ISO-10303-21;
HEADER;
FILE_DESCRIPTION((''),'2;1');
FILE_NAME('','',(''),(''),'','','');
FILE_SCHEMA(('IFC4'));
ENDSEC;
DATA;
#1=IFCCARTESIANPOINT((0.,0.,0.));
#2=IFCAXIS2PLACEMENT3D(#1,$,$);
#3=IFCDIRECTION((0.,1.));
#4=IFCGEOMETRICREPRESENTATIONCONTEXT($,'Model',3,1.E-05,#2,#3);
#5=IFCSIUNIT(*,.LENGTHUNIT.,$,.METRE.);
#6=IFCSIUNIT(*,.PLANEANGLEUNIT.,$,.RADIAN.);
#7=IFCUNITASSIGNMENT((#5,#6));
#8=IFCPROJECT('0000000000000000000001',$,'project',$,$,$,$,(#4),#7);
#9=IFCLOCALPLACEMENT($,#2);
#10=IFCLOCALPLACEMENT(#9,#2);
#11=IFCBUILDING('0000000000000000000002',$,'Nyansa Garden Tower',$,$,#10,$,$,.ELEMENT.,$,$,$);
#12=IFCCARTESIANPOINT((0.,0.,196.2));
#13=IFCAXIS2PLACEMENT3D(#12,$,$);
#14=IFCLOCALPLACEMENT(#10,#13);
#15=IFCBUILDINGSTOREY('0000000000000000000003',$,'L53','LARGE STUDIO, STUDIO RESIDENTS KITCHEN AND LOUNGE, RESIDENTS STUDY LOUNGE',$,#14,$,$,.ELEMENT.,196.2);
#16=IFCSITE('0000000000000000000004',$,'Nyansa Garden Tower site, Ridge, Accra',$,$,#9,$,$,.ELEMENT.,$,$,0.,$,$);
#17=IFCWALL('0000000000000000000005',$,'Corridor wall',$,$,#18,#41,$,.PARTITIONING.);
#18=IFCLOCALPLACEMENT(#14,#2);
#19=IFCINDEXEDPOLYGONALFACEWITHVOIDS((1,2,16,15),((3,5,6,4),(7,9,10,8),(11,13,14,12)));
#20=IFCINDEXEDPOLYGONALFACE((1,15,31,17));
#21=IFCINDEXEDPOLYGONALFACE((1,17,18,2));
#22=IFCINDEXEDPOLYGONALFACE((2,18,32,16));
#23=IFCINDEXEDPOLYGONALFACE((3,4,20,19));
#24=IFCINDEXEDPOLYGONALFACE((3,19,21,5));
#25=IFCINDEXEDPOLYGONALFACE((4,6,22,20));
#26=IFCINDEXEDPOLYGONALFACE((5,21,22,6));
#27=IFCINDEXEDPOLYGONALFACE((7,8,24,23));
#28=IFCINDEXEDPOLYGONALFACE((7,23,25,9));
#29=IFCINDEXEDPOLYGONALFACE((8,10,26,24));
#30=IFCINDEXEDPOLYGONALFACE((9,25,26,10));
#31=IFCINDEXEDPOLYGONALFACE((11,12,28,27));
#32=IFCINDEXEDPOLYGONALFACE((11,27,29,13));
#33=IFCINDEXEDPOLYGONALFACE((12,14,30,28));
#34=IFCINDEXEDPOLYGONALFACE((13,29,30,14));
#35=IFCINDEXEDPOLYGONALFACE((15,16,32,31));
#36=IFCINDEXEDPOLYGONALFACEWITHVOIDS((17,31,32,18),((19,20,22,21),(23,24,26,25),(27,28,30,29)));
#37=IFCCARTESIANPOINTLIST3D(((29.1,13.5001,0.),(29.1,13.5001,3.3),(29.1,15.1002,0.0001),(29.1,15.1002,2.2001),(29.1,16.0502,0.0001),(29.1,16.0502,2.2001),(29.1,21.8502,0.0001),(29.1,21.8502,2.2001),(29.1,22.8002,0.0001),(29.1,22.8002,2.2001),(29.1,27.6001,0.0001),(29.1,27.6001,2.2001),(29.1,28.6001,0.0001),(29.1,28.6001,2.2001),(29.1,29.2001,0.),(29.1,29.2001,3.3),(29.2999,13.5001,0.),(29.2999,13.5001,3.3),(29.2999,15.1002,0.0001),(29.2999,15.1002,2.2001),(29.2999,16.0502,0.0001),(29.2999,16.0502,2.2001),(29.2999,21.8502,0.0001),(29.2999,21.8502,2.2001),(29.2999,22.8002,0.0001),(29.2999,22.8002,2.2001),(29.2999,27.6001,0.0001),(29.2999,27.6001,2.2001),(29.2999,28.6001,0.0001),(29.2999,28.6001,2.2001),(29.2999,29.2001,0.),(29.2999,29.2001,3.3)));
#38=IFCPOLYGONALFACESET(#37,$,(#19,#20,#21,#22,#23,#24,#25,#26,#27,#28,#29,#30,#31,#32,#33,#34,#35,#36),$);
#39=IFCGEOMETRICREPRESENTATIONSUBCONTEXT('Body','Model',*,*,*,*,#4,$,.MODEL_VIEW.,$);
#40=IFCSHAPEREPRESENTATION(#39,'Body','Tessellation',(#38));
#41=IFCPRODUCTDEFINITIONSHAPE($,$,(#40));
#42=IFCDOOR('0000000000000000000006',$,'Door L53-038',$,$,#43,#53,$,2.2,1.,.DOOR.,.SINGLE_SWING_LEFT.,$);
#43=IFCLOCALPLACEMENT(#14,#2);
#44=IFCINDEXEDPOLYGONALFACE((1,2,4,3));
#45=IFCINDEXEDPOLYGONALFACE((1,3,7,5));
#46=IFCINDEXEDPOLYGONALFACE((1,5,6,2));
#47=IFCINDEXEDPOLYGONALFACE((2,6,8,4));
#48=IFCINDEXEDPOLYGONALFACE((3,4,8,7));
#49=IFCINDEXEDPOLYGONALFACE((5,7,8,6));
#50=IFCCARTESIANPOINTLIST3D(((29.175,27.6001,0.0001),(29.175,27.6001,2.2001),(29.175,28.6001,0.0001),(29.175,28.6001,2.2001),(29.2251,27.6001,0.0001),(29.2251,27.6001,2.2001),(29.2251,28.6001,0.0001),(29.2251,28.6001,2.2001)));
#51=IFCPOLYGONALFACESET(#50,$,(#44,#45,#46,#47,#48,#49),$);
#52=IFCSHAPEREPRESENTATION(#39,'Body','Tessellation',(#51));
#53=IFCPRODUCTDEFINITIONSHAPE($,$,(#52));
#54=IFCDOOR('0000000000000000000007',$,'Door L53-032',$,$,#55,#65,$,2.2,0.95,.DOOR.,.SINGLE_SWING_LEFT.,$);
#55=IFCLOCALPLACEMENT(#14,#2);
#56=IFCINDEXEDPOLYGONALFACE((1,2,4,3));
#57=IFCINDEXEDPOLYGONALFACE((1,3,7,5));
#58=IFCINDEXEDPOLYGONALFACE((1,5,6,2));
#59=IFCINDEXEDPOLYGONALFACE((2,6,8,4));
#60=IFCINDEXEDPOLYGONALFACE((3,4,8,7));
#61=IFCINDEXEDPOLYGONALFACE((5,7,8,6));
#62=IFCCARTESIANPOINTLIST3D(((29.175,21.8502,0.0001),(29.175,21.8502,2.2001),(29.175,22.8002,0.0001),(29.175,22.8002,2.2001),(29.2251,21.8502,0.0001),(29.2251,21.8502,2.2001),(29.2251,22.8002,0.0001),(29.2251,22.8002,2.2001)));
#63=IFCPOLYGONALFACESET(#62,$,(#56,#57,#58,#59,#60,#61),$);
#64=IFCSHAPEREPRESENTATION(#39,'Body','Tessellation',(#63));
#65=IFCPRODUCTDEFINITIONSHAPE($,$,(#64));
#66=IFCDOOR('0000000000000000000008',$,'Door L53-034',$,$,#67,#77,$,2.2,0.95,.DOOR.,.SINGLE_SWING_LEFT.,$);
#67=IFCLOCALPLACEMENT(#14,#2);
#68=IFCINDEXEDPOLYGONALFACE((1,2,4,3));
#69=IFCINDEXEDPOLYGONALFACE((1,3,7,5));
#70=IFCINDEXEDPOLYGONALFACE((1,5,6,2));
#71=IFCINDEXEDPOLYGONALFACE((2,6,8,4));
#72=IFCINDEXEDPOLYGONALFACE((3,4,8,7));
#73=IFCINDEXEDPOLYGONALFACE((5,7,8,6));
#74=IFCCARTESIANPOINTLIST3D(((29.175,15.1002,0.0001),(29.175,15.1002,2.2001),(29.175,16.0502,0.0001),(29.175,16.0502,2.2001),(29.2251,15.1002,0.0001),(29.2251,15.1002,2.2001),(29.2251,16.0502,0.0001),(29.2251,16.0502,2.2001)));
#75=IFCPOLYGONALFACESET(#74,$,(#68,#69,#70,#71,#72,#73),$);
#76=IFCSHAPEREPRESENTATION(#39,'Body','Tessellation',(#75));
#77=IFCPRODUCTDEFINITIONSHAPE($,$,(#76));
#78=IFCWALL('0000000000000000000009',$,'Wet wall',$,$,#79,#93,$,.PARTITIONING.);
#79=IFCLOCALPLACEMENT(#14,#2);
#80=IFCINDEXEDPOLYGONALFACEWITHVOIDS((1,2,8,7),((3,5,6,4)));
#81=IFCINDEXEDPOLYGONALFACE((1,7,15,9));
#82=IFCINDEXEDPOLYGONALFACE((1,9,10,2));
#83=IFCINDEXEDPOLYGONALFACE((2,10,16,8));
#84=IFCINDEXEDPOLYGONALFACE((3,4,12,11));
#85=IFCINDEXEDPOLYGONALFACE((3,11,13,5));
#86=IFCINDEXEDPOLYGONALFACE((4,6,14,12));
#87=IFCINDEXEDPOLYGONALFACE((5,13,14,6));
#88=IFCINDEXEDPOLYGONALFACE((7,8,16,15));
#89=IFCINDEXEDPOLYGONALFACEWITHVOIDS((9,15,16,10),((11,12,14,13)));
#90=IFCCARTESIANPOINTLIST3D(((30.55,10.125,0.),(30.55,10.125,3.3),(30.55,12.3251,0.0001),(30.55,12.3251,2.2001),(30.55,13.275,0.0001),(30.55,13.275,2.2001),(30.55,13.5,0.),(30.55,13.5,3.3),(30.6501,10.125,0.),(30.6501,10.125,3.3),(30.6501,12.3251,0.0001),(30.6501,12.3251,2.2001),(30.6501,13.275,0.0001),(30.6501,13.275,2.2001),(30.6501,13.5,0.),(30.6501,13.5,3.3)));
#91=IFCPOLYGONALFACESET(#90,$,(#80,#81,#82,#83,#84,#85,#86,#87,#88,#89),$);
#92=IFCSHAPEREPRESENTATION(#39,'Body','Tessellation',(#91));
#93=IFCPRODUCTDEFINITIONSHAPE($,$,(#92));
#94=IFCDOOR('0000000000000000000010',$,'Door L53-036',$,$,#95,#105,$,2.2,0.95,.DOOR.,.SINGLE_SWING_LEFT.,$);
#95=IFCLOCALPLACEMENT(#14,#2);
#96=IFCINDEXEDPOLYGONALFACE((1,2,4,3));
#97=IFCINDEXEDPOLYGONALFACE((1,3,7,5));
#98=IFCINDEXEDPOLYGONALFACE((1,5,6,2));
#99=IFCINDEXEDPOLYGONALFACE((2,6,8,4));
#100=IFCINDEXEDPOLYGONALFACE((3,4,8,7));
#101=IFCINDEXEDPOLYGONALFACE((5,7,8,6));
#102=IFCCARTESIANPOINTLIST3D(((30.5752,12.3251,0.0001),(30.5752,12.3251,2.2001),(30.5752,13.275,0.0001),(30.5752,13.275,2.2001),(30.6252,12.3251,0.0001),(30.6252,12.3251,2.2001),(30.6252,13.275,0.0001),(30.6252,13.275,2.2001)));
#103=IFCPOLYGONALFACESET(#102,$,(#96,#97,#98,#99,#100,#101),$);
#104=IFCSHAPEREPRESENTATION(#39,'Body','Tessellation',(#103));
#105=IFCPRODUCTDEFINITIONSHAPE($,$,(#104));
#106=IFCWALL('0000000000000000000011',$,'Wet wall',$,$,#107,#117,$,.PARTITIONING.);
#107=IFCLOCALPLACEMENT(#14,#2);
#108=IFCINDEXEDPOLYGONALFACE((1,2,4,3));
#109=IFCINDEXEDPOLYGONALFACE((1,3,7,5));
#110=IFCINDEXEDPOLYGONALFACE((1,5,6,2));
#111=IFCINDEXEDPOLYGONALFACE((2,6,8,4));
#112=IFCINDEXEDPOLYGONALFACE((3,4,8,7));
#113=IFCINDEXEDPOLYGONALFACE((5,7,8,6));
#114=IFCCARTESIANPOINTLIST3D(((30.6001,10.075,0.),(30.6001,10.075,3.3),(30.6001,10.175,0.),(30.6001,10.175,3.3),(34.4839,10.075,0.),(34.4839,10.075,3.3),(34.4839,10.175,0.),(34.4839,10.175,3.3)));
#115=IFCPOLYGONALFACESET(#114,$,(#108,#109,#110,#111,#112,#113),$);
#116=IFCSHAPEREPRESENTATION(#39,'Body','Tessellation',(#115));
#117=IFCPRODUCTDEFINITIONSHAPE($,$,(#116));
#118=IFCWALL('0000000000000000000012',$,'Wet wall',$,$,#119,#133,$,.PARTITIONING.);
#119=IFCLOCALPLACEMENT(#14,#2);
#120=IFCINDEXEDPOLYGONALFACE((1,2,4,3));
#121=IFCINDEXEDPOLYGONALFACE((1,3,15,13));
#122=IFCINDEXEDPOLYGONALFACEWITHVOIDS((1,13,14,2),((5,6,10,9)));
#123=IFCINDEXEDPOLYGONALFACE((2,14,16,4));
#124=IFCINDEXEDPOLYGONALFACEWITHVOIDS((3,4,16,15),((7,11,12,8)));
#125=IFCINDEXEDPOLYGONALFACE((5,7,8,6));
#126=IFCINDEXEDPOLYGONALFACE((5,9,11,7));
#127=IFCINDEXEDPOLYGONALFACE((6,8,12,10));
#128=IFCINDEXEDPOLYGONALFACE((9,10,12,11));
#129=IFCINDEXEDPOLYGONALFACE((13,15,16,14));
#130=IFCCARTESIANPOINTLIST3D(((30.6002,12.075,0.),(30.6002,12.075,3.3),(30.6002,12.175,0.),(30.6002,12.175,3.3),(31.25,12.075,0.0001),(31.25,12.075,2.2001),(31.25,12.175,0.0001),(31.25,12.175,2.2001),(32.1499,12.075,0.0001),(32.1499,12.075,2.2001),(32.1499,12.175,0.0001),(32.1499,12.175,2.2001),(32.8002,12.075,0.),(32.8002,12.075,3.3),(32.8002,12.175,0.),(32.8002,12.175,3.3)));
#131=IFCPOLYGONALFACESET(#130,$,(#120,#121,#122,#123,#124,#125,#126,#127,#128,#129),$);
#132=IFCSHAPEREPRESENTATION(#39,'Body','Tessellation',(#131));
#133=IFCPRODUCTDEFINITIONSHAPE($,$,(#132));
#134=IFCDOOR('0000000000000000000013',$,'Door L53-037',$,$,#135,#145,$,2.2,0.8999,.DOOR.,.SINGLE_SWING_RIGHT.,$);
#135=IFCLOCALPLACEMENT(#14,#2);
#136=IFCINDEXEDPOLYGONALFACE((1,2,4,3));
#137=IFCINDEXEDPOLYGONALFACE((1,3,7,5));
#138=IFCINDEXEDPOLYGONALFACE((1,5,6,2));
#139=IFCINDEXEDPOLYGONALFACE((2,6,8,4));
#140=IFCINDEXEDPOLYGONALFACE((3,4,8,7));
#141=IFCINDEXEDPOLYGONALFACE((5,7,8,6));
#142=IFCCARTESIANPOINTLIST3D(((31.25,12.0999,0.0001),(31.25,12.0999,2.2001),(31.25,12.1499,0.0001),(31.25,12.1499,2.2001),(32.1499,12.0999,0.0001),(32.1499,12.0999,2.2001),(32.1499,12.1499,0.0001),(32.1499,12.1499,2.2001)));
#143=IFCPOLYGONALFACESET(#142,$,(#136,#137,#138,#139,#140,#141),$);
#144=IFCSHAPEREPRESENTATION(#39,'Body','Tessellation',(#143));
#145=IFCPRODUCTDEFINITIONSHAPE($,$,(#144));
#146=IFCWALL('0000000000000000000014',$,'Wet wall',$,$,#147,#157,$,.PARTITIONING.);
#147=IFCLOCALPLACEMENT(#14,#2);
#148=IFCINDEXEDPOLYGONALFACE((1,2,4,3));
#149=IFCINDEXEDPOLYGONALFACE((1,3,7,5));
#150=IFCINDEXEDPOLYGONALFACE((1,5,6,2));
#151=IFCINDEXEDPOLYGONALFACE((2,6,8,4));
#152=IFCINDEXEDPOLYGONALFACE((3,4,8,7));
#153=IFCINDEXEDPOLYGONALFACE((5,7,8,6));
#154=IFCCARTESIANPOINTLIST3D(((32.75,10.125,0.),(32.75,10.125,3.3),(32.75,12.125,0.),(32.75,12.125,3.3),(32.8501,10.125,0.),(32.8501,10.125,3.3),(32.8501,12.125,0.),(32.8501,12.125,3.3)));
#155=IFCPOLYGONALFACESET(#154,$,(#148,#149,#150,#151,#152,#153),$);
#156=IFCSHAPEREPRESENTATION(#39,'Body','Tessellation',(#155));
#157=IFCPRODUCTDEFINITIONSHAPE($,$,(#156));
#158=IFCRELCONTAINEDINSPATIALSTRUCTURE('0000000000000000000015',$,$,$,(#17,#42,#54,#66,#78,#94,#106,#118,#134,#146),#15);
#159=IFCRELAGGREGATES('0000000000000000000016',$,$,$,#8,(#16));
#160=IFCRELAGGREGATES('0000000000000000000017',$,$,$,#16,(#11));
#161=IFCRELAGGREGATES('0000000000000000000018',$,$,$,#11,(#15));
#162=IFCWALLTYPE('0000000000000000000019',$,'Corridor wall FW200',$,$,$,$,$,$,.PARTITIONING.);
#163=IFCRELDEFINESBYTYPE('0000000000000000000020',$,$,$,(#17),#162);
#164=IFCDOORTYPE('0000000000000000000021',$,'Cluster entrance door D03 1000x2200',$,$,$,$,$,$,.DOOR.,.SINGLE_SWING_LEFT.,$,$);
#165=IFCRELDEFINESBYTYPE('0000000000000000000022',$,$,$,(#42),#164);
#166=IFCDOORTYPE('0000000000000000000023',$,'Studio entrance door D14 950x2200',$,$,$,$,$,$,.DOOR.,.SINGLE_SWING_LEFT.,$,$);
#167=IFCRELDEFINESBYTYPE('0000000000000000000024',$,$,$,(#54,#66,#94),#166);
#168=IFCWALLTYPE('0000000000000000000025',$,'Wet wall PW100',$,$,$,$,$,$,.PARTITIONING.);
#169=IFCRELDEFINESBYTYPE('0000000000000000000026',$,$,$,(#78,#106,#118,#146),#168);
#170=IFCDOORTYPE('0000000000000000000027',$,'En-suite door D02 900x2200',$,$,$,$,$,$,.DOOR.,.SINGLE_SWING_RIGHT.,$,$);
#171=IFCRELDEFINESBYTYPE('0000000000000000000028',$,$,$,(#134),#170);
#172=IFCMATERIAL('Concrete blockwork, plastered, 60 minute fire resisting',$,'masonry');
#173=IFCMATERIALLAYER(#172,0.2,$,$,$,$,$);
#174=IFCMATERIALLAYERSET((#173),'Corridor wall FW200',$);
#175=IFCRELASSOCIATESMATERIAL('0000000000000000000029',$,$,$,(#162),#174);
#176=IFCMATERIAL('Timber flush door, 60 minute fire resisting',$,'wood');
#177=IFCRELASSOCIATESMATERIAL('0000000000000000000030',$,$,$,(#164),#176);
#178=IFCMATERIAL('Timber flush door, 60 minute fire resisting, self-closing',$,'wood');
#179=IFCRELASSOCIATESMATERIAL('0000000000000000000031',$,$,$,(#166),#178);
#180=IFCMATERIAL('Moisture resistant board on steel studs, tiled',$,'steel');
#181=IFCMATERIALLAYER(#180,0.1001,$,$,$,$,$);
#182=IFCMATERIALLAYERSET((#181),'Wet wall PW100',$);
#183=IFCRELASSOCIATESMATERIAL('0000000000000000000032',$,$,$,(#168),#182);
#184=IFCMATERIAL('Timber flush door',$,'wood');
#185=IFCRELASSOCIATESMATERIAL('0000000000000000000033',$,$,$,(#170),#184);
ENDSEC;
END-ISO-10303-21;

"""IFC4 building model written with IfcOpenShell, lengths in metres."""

from ifc_helpers import new_model, si_unit, direction, frame, frame_2d, origin, place, context, subcontext, project, spatial, rectangle, extrude, material, layer, layer_set, type_object, element, fill, save


model = new_model("IFC4")

# Units and contexts
model_context = context("Model", 3, precision=1e-05, world=origin(), true_north=direction((0.0, 1.0)))
body_context = subcontext(model_context, "Body", "Model", "MODEL_VIEW")
ifc_project = project(units=[si_unit("LENGTHUNIT", "METRE"), si_unit("PLANEANGLEUNIT", "RADIAN")], contexts=[model_context])

# Site, building, storey
site_placement = place(None, origin())
site = spatial("IfcSite", under=ifc_project, at=site_placement, Name="Nyansa Garden Tower site, Ridge, Accra", CompositionType="ELEMENT", RefElevation=0.0)
building_placement = place(site_placement, origin())
building = spatial("IfcBuilding", under=site, at=building_placement, Name="Nyansa Garden Tower", CompositionType="ELEMENT")
storey_placement = place(building_placement, frame((0.0, 0.0, 196.2)))
storey = spatial("IfcBuildingStorey", under=building, at=storey_placement, Name="L53", Description="LARGE STUDIO, STUDIO RESIDENTS KITCHEN AND LOUNGE, RESIDENTS STUDY LOUNGE", CompositionType="ELEMENT", Elevation=196.2)

# Wall, openings, doors
ifc_material_1 = material(Name="Concrete blockwork, plastered, 60 minute fire resisting", Category="masonry")
ifc_layer_1 = layer(ifc_material_1, 0.2)
ifc_layer_set_1 = layer_set([ifc_layer_1], Name="Corridor wall FW200")
wall_type_1 = type_object("IfcWallType", Name="Corridor wall FW200", PredefinedType="PARTITIONING", material=ifc_layer_set_1)
wall_1_placement = place(storey_placement, frame((29.2, 13.5, 0.0), z_axis=(0.0, 0.0, 1.0), x_axis=(0.0, 1.0, 0.0)))
wall_1 = element("IfcWall", 1, at=wall_1_placement, inside=storey, type_object=wall_type_1, Name="Corridor wall", PredefinedType="PARTITIONING", context=body_context, shape_type="SweptSolid", body=[
    extrude(rectangle(XDim=15.7, YDim=0.2, at=frame_2d((7.8501, 0.0))), origin(), (0.0, 0.0, 1.0), 3.3),
])
opening_1_placement = place(wall_1_placement, frame((8.3501, 0.0, 0.0)))
opening_1 = element("IfcOpeningElement", 2, at=opening_1_placement, cuts=wall_1, PredefinedType="OPENING", context=body_context, shape_type="SweptSolid", body=[
    extrude(rectangle(XDim=0.95, YDim=2.2, at=frame_2d((0.4751, 1.1001))), frame((0.0, 0.1099, 0.0), z_axis=(0.0, -1.0, 0.0), x_axis=(1.0, 0.0, 0.0)), (0.0, 0.0, 1.0), 0.22),
])
opening_2_placement = place(wall_1_placement, frame((1.6001, 0.0, 0.0)))
opening_2 = element("IfcOpeningElement", 3, at=opening_2_placement, cuts=wall_1, PredefinedType="OPENING", context=body_context, shape_type="SweptSolid", body=[
    extrude(rectangle(XDim=0.95, YDim=2.2, at=frame_2d((0.4751, 1.1001))), frame((0.0, 0.1099, 0.0), z_axis=(0.0, -1.0, 0.0), x_axis=(1.0, 0.0, 0.0)), (0.0, 0.0, 1.0), 0.22),
])
opening_3_placement = place(wall_1_placement, frame((14.1001, 0.0, 0.0)))
opening_3 = element("IfcOpeningElement", 4, at=opening_3_placement, cuts=wall_1, PredefinedType="OPENING", context=body_context, shape_type="SweptSolid", body=[
    extrude(rectangle(XDim=1.0, YDim=2.2, at=frame_2d((0.5, 1.1001))), frame((0.0, 0.1099, 0.0), z_axis=(0.0, -1.0, 0.0), x_axis=(1.0, 0.0, 0.0)), (0.0, 0.0, 1.0), 0.22),
])
ifc_material_2 = material(Name="Timber flush door, 60 minute fire resisting", Category="wood")
door_type_1 = type_object("IfcDoorType", Name="Cluster entrance door D03 1000x2200", OperationType="SINGLE_SWING_LEFT", PredefinedType="DOOR", material=ifc_material_2)
door_1_placement = place(opening_3_placement, origin())
door_1 = element("IfcDoor", 5, at=door_1_placement, inside=storey, type_object=door_type_1, Name="Door L53-038", OperationType="SINGLE_SWING_LEFT", OverallHeight=2.2, OverallWidth=1.0, PredefinedType="DOOR", context=body_context, shape_type="SweptSolid", body=[
    extrude(rectangle(XDim=1.0, YDim=2.2, at=frame_2d((0.5, 1.1001))), frame((0.0, 0.0249, 0.0), z_axis=(0.0, -1.0, 0.0), x_axis=(1.0, 0.0, 0.0)), (0.0, 0.0, 1.0), 0.05),
])
fill(opening_3, door_1)
ifc_material_3 = material(Name="Timber flush door, 60 minute fire resisting, self-closing", Category="wood")
door_type_2 = type_object("IfcDoorType", Name="Studio entrance door D14 950x2200", OperationType="SINGLE_SWING_LEFT", PredefinedType="DOOR", material=ifc_material_3)
door_2_placement = place(opening_1_placement, origin())
door_2 = element("IfcDoor", 6, at=door_2_placement, inside=storey, type_object=door_type_2, Name="Door L53-032", OperationType="SINGLE_SWING_LEFT", OverallHeight=2.2, OverallWidth=0.95, PredefinedType="DOOR", context=body_context, shape_type="SweptSolid", body=[
    extrude(rectangle(XDim=0.95, YDim=2.2, at=frame_2d((0.4751, 1.1001))), frame((0.0, 0.0249, 0.0), z_axis=(0.0, -1.0, 0.0), x_axis=(1.0, 0.0, 0.0)), (0.0, 0.0, 1.0), 0.05),
])
fill(opening_1, door_2)
door_3_placement = place(opening_2_placement, origin())
door_3 = element("IfcDoor", 7, at=door_3_placement, inside=storey, type_object=door_type_2, Name="Door L53-034", OperationType="SINGLE_SWING_LEFT", OverallHeight=2.2, OverallWidth=0.95, PredefinedType="DOOR", context=body_context, shape_type="SweptSolid", body=[
    extrude(rectangle(XDim=0.95, YDim=2.2, at=frame_2d((0.4751, 1.1001))), frame((0.0, 0.0249, 0.0), z_axis=(0.0, -1.0, 0.0), x_axis=(1.0, 0.0, 0.0)), (0.0, 0.0, 1.0), 0.05),
])
fill(opening_2, door_3)

# Wall, opening, door
ifc_material_4 = material(Name="Moisture resistant board on steel studs, tiled", Category="steel")
ifc_layer_2 = layer(ifc_material_4, 0.1001)
ifc_layer_set_2 = layer_set([ifc_layer_2], Name="Wet wall PW100")
wall_type_2 = type_object("IfcWallType", Name="Wet wall PW100", PredefinedType="PARTITIONING", material=ifc_layer_set_2)
wall_2_placement = place(storey_placement, frame((30.6001, 10.125, 0.0), z_axis=(0.0, 0.0, 1.0), x_axis=(0.0, 1.0, 0.0)))
wall_2 = element("IfcWall", 8, at=wall_2_placement, inside=storey, type_object=wall_type_2, Name="Wet wall", PredefinedType="PARTITIONING", context=body_context, shape_type="SweptSolid", body=[
    extrude(rectangle(XDim=3.375, YDim=0.1001, at=frame_2d((1.6875, 0.0))), origin(), (0.0, 0.0, 1.0), 3.3),
])
opening_4_placement = place(wall_2_placement, frame((2.2, 0.0, 0.0)))
opening_4 = element("IfcOpeningElement", 9, at=opening_4_placement, cuts=wall_2, PredefinedType="OPENING", context=body_context, shape_type="SweptSolid", body=[
    extrude(rectangle(XDim=0.95, YDim=2.2, at=frame_2d((0.4751, 1.1001))), frame((0.0, 0.0601, 0.0), z_axis=(0.0, -1.0, 0.0), x_axis=(1.0, 0.0, 0.0)), (0.0, 0.0, 1.0), 0.1201),
])
door_4_placement = place(opening_4_placement, origin())
door_4 = element("IfcDoor", 10, at=door_4_placement, inside=storey, type_object=door_type_2, Name="Door L53-036", OperationType="SINGLE_SWING_LEFT", OverallHeight=2.2, OverallWidth=0.95, PredefinedType="DOOR", context=body_context, shape_type="SweptSolid", body=[
    extrude(rectangle(XDim=0.95, YDim=2.2, at=frame_2d((0.4751, 1.1001))), frame((0.0, 0.0249, 0.0), z_axis=(0.0, -1.0, 0.0), x_axis=(1.0, 0.0, 0.0)), (0.0, 0.0, 1.0), 0.05),
])
fill(opening_4, door_4)

# Wall
wall_3_placement = place(storey_placement, frame((30.6001, 10.125, 0.0), z_axis=(0.0, 0.0, 1.0), x_axis=(1.0, 0.0, 0.0)))
element("IfcWall", 11, at=wall_3_placement, inside=storey, type_object=wall_type_2, Name="Wet wall", PredefinedType="PARTITIONING", context=body_context, shape_type="SweptSolid", body=[
    extrude(rectangle(XDim=3.8838, YDim=0.1001, at=frame_2d((1.9419, 0.0))), origin(), (0.0, 0.0, 1.0), 3.3),
])

# Wall, opening, door
wall_4_placement = place(storey_placement, frame((30.6001, 12.125, 0.0), z_axis=(0.0, 0.0, 1.0), x_axis=(1.0, 0.0, 0.0)))
wall_4 = element("IfcWall", 12, at=wall_4_placement, inside=storey, type_object=wall_type_2, Name="Wet wall", PredefinedType="PARTITIONING", context=body_context, shape_type="SweptSolid", body=[
    extrude(rectangle(XDim=2.2, YDim=0.1001, at=frame_2d((1.1001, 0.0))), origin(), (0.0, 0.0, 1.0), 3.3),
])
opening_5_placement = place(wall_4_placement, frame((0.6499, 0.0, 0.0)))
opening_5 = element("IfcOpeningElement", 13, at=opening_5_placement, cuts=wall_4, PredefinedType="OPENING", context=body_context, shape_type="SweptSolid", body=[
    extrude(rectangle(XDim=0.8999, YDim=2.2, at=frame_2d((0.45, 1.1001))), frame((0.0, 0.0601, 0.0), z_axis=(0.0, -1.0, 0.0), x_axis=(1.0, 0.0, 0.0)), (0.0, 0.0, 1.0), 0.1201),
])
ifc_material_5 = material(Name="Timber flush door", Category="wood")
door_type_3 = type_object("IfcDoorType", Name="En-suite door D02 900x2200", OperationType="SINGLE_SWING_RIGHT", PredefinedType="DOOR", material=ifc_material_5)
door_5_placement = place(opening_5_placement, origin())
door_5 = element("IfcDoor", 14, at=door_5_placement, inside=storey, type_object=door_type_3, Name="Door L53-037", OperationType="SINGLE_SWING_RIGHT", OverallHeight=2.2, OverallWidth=0.8999, PredefinedType="DOOR", context=body_context, shape_type="SweptSolid", body=[
    extrude(rectangle(XDim=0.8999, YDim=2.2, at=frame_2d((0.45, 1.1001))), frame((0.0, 0.0249, 0.0), z_axis=(0.0, -1.0, 0.0), x_axis=(1.0, 0.0, 0.0)), (0.0, 0.0, 1.0), 0.05),
])
fill(opening_5, door_5)

# Wall
wall_5_placement = place(storey_placement, frame((32.8, 10.125, 0.0), z_axis=(0.0, 0.0, 1.0), x_axis=(0.0, 1.0, 0.0)))
element("IfcWall", 15, at=wall_5_placement, inside=storey, type_object=wall_type_2, Name="Wet wall", PredefinedType="PARTITIONING", context=body_context, shape_type="SweptSolid", body=[
    extrude(rectangle(XDim=2.0, YDim=0.1001, at=frame_2d((1.0, 0.0))), origin(), (0.0, 0.0, 1.0), 3.3),
])

save(model, "model.ifc")
